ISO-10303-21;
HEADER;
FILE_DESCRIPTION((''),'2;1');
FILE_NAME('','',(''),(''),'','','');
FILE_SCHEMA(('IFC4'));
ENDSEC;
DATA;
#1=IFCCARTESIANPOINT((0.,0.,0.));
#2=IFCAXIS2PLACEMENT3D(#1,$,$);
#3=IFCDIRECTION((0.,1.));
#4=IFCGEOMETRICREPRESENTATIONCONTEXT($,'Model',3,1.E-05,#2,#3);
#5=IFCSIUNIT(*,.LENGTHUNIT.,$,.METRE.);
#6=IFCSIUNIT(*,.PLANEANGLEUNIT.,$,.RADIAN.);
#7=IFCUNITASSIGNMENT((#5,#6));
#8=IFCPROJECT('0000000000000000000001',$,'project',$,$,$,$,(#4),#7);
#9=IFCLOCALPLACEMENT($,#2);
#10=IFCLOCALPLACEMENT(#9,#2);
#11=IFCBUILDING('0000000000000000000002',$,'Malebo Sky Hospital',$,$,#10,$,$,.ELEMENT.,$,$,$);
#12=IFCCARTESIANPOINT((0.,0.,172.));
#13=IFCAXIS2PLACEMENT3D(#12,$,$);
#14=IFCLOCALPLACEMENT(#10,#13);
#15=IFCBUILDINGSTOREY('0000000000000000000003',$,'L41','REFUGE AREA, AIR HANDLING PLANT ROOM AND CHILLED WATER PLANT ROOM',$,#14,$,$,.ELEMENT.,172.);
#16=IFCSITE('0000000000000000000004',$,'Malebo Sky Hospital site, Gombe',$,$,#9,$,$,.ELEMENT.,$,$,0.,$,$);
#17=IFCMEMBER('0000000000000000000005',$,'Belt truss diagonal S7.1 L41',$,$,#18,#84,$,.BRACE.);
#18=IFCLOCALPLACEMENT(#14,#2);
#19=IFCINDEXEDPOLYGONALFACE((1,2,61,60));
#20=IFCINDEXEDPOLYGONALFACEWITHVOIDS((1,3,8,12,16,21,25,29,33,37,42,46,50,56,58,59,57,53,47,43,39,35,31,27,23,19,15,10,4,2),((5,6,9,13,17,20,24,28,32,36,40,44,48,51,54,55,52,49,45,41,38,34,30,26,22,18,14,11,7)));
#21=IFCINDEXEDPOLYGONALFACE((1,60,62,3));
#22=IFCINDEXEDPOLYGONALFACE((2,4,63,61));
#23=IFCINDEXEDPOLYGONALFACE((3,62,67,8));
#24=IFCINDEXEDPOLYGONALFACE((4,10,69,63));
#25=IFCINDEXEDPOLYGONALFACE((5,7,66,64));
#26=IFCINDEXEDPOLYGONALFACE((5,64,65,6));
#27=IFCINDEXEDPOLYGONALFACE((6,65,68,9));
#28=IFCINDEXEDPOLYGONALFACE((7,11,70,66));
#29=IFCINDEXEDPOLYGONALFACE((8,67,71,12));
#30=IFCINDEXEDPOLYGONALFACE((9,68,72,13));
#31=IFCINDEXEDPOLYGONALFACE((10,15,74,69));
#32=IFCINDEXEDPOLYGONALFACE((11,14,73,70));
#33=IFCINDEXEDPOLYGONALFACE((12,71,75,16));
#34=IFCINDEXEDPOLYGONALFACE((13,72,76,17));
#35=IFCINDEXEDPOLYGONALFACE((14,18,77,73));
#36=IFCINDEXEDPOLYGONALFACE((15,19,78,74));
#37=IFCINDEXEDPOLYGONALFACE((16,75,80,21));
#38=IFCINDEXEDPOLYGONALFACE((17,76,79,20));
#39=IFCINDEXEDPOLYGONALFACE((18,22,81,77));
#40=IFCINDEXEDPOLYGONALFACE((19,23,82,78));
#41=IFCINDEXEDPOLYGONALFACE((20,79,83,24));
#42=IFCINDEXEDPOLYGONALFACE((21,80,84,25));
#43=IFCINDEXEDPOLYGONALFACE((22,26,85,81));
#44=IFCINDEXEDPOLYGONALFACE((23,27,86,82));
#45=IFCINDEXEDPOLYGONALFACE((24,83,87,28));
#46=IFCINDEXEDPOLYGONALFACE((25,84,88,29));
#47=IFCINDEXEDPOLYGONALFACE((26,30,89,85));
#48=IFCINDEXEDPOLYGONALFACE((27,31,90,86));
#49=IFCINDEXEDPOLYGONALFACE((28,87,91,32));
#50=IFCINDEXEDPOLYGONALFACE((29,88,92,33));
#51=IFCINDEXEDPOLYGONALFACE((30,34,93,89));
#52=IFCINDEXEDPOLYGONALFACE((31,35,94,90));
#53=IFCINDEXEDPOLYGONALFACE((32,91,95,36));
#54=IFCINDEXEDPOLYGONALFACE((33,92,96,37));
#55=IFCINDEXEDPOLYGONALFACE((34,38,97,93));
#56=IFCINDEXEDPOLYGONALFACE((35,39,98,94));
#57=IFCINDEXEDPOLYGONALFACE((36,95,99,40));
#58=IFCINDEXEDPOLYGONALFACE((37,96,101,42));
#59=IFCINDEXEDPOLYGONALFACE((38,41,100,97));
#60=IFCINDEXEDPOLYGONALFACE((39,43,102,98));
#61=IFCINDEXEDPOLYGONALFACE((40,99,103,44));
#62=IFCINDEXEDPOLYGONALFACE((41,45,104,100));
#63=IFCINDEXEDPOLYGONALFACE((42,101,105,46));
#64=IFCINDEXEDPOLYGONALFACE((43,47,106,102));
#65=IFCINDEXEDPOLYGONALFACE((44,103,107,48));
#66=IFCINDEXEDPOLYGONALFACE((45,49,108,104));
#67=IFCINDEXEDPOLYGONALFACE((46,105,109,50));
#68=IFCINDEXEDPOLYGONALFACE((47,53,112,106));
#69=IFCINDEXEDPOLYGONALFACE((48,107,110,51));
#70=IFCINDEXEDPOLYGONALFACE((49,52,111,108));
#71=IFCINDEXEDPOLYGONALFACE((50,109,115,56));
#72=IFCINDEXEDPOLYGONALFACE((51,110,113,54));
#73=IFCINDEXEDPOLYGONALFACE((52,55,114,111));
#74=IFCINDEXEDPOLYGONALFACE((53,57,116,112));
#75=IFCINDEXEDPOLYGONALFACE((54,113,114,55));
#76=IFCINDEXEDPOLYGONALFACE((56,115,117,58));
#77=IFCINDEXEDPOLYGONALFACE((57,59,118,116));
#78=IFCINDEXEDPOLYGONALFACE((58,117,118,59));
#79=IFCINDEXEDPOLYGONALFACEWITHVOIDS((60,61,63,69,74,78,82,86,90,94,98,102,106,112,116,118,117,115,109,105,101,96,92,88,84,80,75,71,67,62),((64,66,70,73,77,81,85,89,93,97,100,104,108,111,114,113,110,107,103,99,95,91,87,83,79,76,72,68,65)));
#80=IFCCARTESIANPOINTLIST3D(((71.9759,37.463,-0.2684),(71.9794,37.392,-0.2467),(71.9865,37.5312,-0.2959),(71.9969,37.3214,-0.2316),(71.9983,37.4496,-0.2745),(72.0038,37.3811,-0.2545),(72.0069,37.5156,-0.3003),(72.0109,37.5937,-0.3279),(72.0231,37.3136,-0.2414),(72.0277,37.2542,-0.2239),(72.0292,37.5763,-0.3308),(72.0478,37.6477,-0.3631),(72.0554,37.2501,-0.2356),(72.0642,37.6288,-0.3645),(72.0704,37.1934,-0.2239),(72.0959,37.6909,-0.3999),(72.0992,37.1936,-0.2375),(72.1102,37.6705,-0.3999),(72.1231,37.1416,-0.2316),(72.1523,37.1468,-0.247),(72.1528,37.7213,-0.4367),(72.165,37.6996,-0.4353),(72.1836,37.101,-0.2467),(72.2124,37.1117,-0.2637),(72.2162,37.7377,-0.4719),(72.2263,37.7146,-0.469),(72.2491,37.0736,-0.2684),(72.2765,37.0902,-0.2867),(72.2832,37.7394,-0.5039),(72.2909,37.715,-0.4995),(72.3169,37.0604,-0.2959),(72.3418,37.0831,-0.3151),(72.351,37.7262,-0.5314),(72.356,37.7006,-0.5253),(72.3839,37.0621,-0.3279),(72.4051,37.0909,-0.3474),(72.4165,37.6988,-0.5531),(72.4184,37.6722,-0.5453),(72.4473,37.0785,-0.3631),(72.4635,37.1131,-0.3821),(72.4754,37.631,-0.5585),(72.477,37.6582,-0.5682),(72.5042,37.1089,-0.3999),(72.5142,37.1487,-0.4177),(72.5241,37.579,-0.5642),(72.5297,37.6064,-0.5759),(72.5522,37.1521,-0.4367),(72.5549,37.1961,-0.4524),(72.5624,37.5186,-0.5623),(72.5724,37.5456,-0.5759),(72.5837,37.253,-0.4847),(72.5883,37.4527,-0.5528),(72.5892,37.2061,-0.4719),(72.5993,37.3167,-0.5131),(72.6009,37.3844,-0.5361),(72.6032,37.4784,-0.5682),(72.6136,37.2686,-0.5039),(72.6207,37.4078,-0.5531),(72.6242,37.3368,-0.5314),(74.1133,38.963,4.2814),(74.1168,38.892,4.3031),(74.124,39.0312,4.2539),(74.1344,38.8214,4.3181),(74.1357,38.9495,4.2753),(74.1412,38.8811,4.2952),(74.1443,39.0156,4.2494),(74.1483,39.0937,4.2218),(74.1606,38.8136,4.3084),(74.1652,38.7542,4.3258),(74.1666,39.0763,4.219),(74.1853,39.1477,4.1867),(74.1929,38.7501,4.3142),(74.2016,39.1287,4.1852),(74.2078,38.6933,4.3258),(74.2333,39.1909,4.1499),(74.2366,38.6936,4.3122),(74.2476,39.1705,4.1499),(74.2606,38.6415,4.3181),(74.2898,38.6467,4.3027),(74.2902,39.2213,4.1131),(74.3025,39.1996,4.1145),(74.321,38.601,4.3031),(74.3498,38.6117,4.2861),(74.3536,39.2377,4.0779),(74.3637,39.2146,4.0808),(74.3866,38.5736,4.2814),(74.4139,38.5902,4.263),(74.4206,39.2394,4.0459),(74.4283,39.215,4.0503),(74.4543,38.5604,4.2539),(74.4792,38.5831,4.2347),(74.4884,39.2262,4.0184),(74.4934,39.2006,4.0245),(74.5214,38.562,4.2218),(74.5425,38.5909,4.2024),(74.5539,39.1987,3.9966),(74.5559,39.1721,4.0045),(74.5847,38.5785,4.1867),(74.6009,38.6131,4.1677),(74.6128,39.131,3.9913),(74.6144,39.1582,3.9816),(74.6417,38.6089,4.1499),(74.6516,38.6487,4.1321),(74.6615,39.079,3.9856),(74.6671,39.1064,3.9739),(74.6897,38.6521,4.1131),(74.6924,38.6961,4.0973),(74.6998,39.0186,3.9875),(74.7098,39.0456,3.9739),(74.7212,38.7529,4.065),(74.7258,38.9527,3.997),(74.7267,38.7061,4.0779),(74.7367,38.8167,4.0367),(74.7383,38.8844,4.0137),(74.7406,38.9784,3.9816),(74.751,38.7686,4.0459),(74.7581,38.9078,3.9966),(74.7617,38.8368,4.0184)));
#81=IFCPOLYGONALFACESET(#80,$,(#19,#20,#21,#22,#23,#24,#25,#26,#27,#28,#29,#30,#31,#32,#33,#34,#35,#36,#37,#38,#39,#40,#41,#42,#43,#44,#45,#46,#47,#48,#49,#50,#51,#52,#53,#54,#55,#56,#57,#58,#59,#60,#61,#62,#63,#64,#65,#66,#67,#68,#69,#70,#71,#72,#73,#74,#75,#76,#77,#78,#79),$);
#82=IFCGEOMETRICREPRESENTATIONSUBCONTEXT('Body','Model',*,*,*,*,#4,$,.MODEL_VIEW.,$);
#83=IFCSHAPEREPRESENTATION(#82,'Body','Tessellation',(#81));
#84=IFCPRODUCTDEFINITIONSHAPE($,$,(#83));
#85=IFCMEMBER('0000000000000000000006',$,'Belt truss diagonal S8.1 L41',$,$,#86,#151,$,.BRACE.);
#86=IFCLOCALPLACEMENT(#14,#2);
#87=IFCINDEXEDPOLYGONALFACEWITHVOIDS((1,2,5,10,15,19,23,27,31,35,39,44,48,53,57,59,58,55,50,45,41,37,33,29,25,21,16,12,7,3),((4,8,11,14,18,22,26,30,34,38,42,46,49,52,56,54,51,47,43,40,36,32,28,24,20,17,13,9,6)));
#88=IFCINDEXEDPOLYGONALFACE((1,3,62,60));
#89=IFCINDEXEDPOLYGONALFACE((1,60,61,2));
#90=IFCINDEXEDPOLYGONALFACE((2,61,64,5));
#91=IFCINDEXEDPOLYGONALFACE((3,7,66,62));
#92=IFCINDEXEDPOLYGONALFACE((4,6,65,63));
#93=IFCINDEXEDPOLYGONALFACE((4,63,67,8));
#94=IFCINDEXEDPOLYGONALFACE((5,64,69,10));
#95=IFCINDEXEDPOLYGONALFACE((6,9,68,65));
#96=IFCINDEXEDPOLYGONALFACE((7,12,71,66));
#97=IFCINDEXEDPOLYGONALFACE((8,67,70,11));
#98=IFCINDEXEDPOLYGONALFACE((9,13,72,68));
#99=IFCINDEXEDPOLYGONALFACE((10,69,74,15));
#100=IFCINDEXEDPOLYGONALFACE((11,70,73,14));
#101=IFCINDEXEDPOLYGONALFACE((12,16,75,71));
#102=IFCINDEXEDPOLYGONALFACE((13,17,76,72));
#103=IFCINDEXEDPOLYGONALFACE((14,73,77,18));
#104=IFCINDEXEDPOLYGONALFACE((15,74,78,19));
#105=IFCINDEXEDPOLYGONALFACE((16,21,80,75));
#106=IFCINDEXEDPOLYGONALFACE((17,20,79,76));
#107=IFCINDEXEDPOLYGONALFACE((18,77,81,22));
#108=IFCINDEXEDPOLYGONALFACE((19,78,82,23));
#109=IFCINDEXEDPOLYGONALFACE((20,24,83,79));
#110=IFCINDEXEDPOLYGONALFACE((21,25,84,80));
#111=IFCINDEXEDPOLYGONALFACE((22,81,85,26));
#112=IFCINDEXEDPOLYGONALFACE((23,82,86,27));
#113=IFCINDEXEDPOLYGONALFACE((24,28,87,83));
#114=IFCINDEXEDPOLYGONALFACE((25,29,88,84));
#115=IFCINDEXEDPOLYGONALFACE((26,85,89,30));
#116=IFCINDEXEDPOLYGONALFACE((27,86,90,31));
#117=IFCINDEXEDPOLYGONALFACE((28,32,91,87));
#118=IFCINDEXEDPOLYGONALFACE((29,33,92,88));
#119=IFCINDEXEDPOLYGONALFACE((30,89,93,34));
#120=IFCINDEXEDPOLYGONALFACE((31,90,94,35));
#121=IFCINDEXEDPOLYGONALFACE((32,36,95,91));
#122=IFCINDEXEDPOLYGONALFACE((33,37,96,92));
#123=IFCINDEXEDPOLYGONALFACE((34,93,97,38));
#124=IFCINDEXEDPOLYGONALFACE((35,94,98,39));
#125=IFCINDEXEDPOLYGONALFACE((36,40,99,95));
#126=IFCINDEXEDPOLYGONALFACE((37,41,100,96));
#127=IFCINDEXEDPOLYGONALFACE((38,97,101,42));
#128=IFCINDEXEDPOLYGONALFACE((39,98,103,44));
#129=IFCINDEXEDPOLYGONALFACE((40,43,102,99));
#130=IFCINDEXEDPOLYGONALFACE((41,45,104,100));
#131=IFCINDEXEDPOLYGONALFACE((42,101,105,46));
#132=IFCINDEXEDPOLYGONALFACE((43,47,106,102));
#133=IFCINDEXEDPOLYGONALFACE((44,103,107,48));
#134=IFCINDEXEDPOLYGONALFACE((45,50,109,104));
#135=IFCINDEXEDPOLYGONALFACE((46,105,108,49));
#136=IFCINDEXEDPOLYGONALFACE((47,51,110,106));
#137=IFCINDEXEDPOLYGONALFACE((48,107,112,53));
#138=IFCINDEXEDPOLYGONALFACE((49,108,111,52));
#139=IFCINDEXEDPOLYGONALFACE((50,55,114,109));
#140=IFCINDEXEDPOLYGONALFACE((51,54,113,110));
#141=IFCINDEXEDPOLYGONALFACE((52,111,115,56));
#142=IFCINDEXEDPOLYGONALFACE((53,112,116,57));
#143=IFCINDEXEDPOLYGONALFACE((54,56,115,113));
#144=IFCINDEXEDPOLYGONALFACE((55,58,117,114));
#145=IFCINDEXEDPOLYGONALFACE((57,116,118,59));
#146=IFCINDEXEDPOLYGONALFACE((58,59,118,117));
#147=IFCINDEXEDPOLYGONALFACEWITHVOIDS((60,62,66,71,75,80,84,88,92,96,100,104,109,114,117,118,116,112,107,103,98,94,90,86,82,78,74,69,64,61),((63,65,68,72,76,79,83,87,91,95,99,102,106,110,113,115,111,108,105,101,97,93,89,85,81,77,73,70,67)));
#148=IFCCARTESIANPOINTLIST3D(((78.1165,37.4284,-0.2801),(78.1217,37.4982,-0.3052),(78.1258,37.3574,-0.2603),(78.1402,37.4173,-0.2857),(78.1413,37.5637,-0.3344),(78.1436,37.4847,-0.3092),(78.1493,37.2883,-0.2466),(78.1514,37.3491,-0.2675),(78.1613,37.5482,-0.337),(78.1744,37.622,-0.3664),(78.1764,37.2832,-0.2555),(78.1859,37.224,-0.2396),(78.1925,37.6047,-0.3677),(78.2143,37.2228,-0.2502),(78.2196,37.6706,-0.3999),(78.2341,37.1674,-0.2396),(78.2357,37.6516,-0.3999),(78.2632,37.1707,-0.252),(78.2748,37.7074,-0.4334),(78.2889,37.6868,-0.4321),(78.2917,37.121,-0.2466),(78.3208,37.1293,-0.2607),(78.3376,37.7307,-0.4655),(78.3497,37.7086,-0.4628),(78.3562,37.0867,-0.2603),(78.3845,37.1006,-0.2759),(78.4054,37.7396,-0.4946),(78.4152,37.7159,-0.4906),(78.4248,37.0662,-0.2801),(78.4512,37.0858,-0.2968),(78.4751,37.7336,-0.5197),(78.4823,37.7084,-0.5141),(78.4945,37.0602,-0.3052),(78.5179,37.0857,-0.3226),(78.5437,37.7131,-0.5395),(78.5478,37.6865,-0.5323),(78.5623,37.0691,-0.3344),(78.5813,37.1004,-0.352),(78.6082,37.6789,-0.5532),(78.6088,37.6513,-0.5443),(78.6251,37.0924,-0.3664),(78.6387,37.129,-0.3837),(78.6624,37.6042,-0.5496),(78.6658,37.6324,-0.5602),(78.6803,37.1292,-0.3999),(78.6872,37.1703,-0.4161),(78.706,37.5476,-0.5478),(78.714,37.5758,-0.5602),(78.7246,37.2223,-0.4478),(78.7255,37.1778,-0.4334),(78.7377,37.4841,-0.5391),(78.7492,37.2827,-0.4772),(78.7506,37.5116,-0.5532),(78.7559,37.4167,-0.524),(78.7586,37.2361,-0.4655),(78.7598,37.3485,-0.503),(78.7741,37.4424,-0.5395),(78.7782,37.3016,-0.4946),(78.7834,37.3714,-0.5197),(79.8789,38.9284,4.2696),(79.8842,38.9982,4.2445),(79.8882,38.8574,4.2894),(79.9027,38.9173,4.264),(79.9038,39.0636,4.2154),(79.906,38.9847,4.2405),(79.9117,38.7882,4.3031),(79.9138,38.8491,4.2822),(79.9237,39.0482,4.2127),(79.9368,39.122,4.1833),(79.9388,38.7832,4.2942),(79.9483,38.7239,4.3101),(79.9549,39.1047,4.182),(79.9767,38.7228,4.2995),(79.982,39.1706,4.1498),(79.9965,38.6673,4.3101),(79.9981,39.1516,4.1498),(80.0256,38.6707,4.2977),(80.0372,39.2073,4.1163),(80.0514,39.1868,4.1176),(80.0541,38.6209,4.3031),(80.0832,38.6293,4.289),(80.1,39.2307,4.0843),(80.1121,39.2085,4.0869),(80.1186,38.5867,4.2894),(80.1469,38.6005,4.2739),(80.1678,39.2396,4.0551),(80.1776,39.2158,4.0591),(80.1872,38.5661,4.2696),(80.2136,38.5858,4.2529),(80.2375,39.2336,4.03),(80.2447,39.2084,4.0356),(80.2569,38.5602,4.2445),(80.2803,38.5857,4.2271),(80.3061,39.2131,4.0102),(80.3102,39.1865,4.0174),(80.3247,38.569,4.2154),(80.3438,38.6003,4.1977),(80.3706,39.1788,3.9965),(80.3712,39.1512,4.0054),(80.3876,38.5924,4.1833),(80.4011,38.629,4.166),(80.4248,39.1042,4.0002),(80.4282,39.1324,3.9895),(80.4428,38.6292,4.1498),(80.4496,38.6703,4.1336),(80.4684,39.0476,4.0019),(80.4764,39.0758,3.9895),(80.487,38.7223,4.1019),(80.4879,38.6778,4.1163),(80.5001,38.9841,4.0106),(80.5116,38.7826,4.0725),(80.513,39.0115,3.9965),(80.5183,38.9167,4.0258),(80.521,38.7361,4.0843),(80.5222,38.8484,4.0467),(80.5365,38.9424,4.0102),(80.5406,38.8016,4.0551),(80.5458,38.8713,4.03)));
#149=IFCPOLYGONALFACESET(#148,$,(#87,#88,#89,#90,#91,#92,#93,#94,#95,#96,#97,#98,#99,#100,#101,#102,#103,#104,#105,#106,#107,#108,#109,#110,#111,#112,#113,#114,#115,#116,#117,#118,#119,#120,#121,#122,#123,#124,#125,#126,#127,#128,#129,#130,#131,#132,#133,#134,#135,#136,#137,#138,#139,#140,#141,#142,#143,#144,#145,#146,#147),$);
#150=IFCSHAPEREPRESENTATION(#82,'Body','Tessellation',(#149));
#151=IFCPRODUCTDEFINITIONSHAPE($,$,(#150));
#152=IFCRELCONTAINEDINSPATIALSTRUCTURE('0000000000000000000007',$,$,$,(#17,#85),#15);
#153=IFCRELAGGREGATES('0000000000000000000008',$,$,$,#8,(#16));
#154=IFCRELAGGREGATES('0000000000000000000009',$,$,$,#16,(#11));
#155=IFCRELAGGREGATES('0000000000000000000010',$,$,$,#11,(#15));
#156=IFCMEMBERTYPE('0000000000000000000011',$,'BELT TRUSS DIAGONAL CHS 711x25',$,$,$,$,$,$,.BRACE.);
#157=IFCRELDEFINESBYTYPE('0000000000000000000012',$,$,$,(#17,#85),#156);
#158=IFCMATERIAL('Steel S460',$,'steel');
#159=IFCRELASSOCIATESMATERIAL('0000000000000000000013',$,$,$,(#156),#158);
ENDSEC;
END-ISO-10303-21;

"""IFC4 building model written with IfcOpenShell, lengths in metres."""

from ifc_helpers import new_model, si_unit, direction, frame, origin, origin_2d, place, context, subcontext, project, spatial, hollow_circle, extrude, material, material_profile, profile_set, type_object, element, save


model = new_model("IFC4")

# Units and contexts
model_context = context("Model", 3, precision=1e-05, world=origin(), true_north=direction((0.0, 1.0)))
body_context = subcontext(model_context, "Body", "Model", "MODEL_VIEW")
ifc_project = project(units=[si_unit("LENGTHUNIT", "METRE"), si_unit("PLANEANGLEUNIT", "RADIAN")], contexts=[model_context])

# Site, building, storey
site_placement = place(None, origin())
site = spatial("IfcSite", under=ifc_project, at=site_placement, Name="Malebo Sky Hospital site, Gombe", CompositionType="ELEMENT", RefElevation=0.0)
building_placement = place(site_placement, origin())
building = spatial("IfcBuilding", under=site, at=building_placement, Name="Malebo Sky Hospital", CompositionType="ELEMENT")
storey_placement = place(building_placement, frame((0.0, 0.0, 172.0)))
storey = spatial("IfcBuildingStorey", under=building, at=storey_placement, Name="L41", Description="REFUGE AREA, AIR HANDLING PLANT ROOM AND CHILLED WATER PLANT ROOM", CompositionType="ELEMENT", Elevation=172.0)

# Shared definitions
ifc_material_1 = material(Name="Steel S460", Category="steel")

# Members
ifc_material_profile_1 = material_profile(ifc_material_1, hollow_circle(Radius=0.3555, WallThickness=0.0249, at=origin_2d()), Name="CHS 711x25")
ifc_profile_set_1 = profile_set([ifc_material_profile_1], Name="Steel S460")
member_type_1 = type_object("IfcMemberType", Name="BELT TRUSS DIAGONAL CHS 711x25", PredefinedType="BRACE", material=ifc_profile_set_1)
member_1_placement = place(storey_placement, frame((72.3, 37.3999, -0.3999), z_axis=(0.407452, 0.285938, 0.867308), x_axis=(-0.574435, 0.818551, 0.0)))
element("IfcMember", 1, at=member_1_placement, inside=storey, type_object=member_type_1, Name="Belt truss diagonal S7.1 L41", PredefinedType="BRACE", context=body_context, shape_type="SweptSolid", body=[
    extrude(hollow_circle(Radius=0.3555, WallThickness=0.0249, at=origin_2d()), origin(), (0.0, 0.0, 1.0), 5.2458),
])
member_2_placement = place(storey_placement, frame((78.45, 37.3999, -0.3999), z_axis=(0.345267, 0.293853, 0.891314), x_axis=(-0.648129, 0.761531, 0.0)))
element("IfcMember", 2, at=member_2_placement, inside=storey, type_object=member_type_1, Name="Belt truss diagonal S8.1 L41", PredefinedType="BRACE", context=body_context, shape_type="SweptSolid", body=[
    extrude(hollow_circle(Radius=0.3555, WallThickness=0.0249, at=origin_2d()), origin(), (0.0, 0.0, 1.0), 5.1045),
])

save(model, "model.ifc")
